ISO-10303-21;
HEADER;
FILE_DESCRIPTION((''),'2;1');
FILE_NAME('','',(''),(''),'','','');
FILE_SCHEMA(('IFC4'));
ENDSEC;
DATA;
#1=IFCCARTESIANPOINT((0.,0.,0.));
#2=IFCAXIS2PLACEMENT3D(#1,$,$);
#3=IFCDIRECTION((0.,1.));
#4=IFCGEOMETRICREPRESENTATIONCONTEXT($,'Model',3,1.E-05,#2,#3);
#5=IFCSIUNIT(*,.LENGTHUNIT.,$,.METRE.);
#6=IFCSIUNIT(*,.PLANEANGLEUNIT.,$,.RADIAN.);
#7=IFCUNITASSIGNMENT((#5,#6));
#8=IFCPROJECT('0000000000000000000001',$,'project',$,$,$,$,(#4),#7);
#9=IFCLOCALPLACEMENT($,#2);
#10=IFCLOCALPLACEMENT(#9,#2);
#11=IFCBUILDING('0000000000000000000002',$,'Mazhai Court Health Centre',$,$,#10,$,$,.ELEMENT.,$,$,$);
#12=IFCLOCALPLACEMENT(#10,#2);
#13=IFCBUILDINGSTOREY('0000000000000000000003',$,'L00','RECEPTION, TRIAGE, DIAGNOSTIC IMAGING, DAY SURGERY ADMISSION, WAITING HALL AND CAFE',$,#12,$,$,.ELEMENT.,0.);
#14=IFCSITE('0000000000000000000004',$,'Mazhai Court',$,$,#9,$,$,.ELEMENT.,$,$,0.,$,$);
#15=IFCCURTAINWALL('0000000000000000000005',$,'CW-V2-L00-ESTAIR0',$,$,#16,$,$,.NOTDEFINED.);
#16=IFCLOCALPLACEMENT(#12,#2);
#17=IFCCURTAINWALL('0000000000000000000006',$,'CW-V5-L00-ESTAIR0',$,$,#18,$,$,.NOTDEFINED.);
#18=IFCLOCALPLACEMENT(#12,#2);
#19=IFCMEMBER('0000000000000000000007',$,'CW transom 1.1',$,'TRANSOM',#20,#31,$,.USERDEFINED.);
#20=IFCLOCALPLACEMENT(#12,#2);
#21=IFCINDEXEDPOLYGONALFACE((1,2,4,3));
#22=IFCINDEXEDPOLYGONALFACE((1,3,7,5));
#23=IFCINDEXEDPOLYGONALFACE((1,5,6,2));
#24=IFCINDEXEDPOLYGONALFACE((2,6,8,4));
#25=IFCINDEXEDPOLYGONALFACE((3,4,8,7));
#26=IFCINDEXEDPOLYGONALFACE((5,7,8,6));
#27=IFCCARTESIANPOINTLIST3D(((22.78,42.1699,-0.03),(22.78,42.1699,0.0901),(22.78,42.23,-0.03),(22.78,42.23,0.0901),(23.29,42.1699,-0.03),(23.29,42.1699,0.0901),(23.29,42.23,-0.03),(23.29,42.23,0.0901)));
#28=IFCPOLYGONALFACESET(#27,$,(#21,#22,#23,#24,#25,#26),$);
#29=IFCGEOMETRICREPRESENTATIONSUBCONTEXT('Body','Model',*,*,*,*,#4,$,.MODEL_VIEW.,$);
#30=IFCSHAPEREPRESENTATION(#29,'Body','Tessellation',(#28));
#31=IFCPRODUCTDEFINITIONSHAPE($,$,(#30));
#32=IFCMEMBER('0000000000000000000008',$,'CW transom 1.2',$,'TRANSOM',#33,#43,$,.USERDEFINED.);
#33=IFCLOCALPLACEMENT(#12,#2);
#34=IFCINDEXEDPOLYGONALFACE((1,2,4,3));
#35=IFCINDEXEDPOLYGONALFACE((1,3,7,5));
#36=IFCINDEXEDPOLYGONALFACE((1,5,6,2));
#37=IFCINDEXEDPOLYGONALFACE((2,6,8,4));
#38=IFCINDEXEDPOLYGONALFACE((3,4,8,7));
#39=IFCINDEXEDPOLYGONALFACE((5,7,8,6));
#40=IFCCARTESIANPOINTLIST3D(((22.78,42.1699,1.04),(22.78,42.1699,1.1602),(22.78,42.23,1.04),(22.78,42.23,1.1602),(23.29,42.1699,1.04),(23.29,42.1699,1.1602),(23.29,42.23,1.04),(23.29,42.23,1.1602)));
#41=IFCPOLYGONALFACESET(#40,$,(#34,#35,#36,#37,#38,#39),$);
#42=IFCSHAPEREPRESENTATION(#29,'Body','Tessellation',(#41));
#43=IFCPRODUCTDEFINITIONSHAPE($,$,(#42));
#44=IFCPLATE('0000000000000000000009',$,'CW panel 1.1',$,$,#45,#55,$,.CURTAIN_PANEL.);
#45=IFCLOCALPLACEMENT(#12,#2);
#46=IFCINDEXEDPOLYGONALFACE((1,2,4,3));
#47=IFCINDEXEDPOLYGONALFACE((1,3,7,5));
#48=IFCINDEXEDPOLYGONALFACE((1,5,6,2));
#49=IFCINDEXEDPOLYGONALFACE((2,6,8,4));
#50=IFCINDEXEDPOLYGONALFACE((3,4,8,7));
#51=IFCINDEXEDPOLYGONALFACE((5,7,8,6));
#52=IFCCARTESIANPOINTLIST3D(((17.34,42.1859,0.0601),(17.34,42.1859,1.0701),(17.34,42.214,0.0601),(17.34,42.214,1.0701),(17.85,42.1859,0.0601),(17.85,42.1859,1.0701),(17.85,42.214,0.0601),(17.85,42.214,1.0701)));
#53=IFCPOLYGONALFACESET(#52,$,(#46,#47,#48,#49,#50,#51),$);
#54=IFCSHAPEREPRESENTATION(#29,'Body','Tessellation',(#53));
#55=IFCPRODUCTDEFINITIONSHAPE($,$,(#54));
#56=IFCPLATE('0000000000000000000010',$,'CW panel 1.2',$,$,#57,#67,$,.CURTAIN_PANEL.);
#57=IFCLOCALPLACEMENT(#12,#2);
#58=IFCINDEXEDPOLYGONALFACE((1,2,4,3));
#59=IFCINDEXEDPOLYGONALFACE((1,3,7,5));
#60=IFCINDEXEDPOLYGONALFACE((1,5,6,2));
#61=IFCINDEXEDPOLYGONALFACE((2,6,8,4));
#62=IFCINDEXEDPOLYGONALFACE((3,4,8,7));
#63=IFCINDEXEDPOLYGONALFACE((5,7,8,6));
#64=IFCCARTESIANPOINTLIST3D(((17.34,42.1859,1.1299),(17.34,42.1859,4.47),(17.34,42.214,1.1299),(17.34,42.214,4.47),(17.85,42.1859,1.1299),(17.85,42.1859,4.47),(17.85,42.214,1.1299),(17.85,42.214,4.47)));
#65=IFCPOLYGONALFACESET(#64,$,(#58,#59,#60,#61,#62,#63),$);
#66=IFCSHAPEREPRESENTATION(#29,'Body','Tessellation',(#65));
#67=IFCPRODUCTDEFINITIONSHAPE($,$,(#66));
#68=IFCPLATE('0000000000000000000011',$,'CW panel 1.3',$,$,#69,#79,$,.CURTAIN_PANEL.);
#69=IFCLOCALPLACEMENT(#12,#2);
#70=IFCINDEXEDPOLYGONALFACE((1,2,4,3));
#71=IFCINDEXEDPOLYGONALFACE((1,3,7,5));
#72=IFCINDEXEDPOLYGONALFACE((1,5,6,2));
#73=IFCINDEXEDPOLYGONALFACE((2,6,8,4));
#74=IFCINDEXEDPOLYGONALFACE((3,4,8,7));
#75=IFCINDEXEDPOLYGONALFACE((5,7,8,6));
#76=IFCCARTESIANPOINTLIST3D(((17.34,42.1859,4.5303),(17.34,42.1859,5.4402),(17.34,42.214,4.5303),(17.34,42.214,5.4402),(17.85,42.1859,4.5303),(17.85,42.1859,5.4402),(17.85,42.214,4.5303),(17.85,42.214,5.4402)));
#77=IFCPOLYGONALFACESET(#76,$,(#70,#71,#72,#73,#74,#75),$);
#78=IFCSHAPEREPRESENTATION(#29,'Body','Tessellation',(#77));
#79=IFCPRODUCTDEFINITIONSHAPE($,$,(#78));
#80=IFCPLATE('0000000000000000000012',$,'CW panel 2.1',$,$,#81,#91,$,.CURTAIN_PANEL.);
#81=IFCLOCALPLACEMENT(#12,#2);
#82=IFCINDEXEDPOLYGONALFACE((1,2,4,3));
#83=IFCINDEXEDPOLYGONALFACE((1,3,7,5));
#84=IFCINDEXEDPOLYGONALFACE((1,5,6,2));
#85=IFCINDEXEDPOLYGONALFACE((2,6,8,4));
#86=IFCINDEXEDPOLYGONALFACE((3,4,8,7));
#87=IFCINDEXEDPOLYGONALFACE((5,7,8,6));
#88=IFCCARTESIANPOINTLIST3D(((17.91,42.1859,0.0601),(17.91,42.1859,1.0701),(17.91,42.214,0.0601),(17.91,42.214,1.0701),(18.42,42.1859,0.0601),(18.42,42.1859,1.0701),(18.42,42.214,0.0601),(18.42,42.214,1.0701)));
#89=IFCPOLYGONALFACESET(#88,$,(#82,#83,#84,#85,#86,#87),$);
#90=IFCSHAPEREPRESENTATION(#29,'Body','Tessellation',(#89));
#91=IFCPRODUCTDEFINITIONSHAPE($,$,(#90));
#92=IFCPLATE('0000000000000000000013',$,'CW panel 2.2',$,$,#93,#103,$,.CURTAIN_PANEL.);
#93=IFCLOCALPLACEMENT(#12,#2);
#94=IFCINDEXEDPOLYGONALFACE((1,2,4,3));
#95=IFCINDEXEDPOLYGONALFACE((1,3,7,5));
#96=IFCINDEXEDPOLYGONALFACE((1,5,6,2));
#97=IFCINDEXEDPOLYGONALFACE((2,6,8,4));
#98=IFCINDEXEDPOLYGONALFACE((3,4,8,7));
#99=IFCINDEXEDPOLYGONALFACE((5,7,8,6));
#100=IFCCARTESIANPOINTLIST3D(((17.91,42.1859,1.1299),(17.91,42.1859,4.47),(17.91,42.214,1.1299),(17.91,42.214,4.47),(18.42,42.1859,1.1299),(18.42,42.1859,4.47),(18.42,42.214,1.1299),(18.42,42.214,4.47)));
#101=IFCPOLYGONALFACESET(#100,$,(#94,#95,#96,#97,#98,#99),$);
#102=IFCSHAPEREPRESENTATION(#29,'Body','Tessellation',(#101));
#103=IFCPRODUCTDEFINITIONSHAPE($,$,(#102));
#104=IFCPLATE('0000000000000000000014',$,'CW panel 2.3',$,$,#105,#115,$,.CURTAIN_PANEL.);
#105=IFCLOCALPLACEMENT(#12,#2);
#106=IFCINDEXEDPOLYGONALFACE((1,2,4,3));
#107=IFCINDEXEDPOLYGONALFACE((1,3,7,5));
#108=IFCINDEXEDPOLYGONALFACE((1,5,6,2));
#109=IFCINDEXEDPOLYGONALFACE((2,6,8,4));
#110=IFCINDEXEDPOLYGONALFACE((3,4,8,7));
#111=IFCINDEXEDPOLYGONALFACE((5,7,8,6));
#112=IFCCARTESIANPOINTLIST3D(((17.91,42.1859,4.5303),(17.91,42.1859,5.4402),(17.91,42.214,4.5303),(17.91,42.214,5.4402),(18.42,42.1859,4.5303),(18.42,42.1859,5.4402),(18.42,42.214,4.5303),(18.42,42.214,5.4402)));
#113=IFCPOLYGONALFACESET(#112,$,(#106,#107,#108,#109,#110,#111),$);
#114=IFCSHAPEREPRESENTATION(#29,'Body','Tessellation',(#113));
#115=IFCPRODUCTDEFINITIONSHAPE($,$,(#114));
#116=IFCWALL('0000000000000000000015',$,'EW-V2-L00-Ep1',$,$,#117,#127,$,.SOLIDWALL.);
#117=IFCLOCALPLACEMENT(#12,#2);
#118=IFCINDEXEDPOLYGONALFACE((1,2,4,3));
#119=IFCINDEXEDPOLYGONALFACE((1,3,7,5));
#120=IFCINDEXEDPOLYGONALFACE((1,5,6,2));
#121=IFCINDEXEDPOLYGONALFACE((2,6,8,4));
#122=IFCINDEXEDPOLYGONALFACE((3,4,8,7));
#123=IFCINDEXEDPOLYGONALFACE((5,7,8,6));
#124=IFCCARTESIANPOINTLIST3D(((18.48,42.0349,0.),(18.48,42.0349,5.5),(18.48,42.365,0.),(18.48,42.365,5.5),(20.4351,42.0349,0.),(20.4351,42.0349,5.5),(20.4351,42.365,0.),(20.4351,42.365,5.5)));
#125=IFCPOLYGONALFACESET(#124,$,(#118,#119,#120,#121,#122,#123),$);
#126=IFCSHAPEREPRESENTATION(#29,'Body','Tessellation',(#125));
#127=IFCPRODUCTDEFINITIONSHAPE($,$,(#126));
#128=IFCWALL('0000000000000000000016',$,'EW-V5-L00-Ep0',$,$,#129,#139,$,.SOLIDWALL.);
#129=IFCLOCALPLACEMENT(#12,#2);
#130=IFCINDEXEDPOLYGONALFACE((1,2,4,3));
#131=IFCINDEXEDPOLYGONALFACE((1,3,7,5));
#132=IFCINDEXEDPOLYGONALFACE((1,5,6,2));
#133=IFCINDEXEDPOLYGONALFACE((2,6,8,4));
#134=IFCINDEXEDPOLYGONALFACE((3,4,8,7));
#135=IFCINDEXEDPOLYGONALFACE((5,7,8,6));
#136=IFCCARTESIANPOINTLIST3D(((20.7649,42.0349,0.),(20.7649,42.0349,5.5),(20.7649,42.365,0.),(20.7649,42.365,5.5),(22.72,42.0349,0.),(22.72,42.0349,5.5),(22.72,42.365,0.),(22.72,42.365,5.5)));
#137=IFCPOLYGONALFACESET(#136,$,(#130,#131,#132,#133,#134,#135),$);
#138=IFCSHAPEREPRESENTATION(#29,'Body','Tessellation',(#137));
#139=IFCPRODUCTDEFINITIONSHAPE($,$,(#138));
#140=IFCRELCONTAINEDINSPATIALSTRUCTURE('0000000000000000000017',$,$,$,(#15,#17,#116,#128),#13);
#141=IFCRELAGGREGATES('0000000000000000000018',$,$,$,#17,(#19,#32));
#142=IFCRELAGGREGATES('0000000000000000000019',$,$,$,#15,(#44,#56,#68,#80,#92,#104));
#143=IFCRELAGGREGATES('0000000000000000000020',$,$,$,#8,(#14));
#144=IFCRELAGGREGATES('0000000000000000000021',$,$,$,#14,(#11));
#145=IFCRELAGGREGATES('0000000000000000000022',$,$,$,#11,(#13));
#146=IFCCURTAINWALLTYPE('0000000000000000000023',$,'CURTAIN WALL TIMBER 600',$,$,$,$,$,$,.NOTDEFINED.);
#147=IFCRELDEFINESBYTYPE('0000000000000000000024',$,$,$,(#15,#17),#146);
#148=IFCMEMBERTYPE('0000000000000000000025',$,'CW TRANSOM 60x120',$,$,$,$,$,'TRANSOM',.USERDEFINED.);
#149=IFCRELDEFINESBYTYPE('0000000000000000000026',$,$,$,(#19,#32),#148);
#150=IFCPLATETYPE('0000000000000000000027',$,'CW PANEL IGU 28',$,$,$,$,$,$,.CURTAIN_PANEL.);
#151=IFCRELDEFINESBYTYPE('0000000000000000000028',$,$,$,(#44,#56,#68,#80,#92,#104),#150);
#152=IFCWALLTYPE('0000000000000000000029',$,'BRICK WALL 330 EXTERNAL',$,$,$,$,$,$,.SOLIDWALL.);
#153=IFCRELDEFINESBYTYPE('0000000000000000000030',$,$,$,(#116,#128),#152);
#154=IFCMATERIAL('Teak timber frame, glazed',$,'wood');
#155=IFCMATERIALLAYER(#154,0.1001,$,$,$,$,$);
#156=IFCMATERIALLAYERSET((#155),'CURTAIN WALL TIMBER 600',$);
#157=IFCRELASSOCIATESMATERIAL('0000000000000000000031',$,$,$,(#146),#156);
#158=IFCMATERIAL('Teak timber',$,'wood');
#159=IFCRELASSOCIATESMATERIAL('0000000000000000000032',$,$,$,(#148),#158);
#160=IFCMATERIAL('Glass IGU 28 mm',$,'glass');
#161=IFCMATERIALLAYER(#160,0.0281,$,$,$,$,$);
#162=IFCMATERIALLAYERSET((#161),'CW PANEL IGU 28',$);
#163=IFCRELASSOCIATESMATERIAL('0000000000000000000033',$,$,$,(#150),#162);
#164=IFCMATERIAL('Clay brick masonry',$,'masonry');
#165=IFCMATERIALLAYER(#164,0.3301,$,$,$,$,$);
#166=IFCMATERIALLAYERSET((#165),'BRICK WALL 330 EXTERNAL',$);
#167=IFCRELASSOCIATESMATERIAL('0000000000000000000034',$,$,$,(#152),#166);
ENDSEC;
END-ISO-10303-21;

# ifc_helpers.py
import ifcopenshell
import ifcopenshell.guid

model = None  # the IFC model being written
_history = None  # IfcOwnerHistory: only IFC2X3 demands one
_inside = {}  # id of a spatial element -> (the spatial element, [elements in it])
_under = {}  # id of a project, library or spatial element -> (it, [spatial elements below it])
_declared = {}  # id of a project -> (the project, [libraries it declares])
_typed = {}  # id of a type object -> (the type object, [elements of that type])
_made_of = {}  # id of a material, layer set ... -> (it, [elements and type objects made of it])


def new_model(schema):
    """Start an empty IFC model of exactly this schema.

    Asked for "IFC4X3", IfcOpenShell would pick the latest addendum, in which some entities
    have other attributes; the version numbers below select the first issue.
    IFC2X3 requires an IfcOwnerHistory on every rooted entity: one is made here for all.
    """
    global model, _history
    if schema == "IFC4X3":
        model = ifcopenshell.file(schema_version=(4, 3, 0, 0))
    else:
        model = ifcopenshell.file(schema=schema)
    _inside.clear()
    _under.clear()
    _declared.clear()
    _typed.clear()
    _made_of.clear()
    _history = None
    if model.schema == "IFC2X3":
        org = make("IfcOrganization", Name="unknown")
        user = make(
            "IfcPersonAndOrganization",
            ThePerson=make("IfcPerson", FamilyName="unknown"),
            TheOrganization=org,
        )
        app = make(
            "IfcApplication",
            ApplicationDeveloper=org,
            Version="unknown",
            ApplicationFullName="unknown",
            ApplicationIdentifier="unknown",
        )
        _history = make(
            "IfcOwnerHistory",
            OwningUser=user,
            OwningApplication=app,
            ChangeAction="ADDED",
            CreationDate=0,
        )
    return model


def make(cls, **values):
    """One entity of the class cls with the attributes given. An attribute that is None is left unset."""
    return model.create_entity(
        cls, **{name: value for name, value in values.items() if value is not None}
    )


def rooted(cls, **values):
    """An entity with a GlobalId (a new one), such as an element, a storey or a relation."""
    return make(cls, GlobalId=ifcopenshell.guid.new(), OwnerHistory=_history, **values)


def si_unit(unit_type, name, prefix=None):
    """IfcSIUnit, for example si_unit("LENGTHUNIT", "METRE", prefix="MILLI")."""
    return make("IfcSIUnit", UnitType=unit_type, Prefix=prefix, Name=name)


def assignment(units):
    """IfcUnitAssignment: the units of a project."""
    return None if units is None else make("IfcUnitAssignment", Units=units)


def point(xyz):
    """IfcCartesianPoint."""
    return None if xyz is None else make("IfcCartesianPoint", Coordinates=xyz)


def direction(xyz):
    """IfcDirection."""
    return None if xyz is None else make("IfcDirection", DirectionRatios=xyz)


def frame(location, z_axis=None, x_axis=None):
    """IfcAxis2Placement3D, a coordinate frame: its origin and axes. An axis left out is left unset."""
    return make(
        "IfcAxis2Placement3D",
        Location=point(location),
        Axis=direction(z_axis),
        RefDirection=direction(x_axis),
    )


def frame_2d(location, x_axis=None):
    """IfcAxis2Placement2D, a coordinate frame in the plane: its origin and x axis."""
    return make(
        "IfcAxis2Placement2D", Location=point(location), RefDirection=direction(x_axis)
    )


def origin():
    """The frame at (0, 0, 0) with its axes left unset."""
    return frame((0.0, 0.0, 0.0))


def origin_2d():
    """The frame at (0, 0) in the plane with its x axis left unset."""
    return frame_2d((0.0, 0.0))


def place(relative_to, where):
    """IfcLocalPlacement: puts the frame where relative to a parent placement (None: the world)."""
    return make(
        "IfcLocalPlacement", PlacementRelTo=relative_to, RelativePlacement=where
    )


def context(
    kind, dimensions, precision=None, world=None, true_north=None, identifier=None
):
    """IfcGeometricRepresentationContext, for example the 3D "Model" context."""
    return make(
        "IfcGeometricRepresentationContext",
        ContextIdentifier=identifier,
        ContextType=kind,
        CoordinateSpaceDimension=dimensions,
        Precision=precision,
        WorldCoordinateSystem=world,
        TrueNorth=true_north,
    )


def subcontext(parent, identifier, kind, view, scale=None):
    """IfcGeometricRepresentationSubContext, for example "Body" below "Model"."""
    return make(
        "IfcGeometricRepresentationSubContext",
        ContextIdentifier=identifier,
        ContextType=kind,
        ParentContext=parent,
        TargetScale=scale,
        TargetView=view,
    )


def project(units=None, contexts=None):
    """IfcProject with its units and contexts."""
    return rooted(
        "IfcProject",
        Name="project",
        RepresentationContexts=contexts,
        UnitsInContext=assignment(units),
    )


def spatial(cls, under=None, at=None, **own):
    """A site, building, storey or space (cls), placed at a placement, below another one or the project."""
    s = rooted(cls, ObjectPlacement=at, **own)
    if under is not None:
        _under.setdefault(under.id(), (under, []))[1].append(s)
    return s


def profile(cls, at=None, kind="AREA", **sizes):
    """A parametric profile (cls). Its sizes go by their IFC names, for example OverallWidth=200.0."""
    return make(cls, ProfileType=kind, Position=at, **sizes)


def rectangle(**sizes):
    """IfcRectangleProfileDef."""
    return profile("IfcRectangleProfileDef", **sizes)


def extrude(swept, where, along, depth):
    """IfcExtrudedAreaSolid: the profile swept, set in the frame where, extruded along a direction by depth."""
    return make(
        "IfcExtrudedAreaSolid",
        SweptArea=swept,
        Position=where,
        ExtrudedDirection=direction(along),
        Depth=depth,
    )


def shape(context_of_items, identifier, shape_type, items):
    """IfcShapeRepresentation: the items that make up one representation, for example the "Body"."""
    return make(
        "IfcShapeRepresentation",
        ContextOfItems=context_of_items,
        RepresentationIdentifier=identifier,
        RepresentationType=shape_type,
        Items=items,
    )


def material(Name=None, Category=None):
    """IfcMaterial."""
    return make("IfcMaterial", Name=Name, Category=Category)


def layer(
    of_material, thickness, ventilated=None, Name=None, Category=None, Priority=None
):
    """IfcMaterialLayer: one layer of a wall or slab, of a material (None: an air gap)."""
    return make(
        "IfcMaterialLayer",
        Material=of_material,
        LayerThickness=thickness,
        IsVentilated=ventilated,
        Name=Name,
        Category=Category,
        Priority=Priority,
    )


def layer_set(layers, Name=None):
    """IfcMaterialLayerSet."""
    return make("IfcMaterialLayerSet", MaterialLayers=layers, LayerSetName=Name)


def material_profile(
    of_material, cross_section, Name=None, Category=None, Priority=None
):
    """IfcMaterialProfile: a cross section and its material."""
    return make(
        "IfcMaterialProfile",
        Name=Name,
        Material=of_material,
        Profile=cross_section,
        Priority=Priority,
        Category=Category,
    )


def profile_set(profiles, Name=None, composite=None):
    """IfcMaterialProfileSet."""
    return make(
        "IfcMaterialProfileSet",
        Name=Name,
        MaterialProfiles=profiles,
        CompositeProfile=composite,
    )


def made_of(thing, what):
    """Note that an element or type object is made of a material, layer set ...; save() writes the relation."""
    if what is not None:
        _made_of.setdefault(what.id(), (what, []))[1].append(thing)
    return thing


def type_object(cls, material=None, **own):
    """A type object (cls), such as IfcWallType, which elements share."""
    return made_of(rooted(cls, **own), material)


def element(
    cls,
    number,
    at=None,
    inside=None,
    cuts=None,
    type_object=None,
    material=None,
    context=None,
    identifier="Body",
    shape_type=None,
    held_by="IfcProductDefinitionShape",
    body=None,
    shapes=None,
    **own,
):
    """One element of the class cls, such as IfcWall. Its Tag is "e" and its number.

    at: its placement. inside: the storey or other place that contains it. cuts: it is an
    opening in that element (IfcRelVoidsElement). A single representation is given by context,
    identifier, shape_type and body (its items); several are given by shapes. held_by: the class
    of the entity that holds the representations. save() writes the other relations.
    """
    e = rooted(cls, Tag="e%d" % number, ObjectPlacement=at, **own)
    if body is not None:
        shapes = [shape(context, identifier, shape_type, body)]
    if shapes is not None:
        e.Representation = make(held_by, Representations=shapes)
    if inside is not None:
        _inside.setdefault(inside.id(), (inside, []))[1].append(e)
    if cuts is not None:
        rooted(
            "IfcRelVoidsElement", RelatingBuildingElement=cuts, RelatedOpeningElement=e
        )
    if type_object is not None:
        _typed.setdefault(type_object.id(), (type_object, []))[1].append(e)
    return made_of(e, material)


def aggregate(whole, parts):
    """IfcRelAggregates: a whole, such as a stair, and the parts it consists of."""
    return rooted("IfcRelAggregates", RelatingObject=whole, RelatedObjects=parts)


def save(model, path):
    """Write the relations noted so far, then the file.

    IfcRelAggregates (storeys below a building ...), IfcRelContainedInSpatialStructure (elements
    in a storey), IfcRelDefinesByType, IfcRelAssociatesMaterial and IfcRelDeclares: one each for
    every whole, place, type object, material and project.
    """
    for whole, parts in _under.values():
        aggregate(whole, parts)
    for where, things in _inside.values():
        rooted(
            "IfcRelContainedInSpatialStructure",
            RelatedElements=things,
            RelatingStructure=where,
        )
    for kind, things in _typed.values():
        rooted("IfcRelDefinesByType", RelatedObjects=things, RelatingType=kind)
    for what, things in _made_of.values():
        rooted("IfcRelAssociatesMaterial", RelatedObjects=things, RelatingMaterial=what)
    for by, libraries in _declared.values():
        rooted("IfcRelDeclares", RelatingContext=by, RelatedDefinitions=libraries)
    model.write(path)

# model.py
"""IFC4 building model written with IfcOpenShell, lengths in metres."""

from ifc_helpers import new_model, si_unit, direction, frame, frame_2d, origin, origin_2d, place, context, subcontext, project, spatial, rectangle, extrude, material, layer, layer_set, material_profile, profile_set, type_object, element, aggregate, save


model = new_model("IFC4")

# Units and contexts
model_context = context("Model", 3, precision=1e-05, world=origin(), true_north=direction((0.0, 1.0)))
body_context = subcontext(model_context, "Body", "Model", "MODEL_VIEW")
ifc_project = project(units=[si_unit("LENGTHUNIT", "METRE"), si_unit("PLANEANGLEUNIT", "RADIAN")], contexts=[model_context])

# Site, building, storey
site_placement = place(None, origin())
site = spatial("IfcSite", under=ifc_project, at=site_placement, Name="Mazhai Court", CompositionType="ELEMENT", RefElevation=0.0)
building_placement = place(site_placement, origin())
building = spatial("IfcBuilding", under=site, at=building_placement, Name="Mazhai Court Health Centre", CompositionType="ELEMENT")
storey_placement = place(building_placement, origin())
storey = spatial("IfcBuildingStorey", under=building, at=storey_placement, Name="L00", Description="RECEPTION, TRIAGE, DIAGNOSTIC IMAGING, DAY SURGERY ADMISSION, WAITING HALL AND CAFE", CompositionType="ELEMENT", Elevation=0.0)

# Curtain wall
ifc_material_1 = material(Name="Teak timber frame, glazed", Category="wood")
ifc_layer_1 = layer(ifc_material_1, 0.1001)
ifc_layer_set_1 = layer_set([ifc_layer_1], Name="CURTAIN WALL TIMBER 600")
curtain_wall_type = type_object("IfcCurtainWallType", Name="CURTAIN WALL TIMBER 600", PredefinedType="NOTDEFINED", material=ifc_layer_set_1)
curtain_wall_1_placement = place(storey_placement, origin())
curtain_wall_1 = element("IfcCurtainWall", 1, at=curtain_wall_1_placement, inside=storey, type_object=curtain_wall_type, Name="CW-V2-L00-ESTAIR0", PredefinedType="NOTDEFINED")

# Curtain wall
curtain_wall_2_placement = place(storey_placement, origin())
curtain_wall_2 = element("IfcCurtainWall", 2, at=curtain_wall_2_placement, inside=storey, type_object=curtain_wall_type, Name="CW-V5-L00-ESTAIR0", PredefinedType="NOTDEFINED")

# Members
ifc_material_2 = material(Name="Teak timber", Category="wood")
ifc_material_profile_1 = material_profile(ifc_material_2, rectangle(XDim=0.0601, YDim=0.1201, at=origin_2d()), Name="CW TRANSOM 60x120")
ifc_profile_set_1 = profile_set([ifc_material_profile_1], Name="Teak timber")
member_type_1 = type_object("IfcMemberType", Name="CW TRANSOM 60x120", ElementType="TRANSOM", PredefinedType="USERDEFINED", material=ifc_profile_set_1)
member_1_placement = place(storey_placement, frame((22.78, 42.2, 0.03), z_axis=(1.0, 0.0, 0.0), x_axis=(0.0, 1.0, 0.0)))
member_1 = element("IfcMember", 3, at=member_1_placement, type_object=member_type_1, Name="CW transom 1.1", ObjectType="TRANSOM", PredefinedType="USERDEFINED", context=body_context, shape_type="SweptSolid", body=[
    extrude(rectangle(XDim=0.0601, YDim=0.1201, at=origin_2d()), origin(), (0.0, 0.0, 1.0), 0.51),
])
member_2_placement = place(storey_placement, frame((22.78, 42.2, 1.1001), z_axis=(1.0, 0.0, 0.0), x_axis=(0.0, 1.0, 0.0)))
member_2 = element("IfcMember", 4, at=member_2_placement, type_object=member_type_1, Name="CW transom 1.2", ObjectType="TRANSOM", PredefinedType="USERDEFINED", context=body_context, shape_type="SweptSolid", body=[
    extrude(rectangle(XDim=0.0601, YDim=0.1201, at=origin_2d()), origin(), (0.0, 0.0, 1.0), 0.51),
])
aggregate(curtain_wall_2, [member_1, member_2])

# Plates
ifc_material_3 = material(Name="Glass IGU 28 mm", Category="glass")
ifc_layer_2 = layer(ifc_material_3, 0.0281)
ifc_layer_set_2 = layer_set([ifc_layer_2], Name="CW PANEL IGU 28")
plate_type = type_object("IfcPlateType", Name="CW PANEL IGU 28", PredefinedType="CURTAIN_PANEL", material=ifc_layer_set_2)
plate_1_placement = place(storey_placement, frame((17.595, 42.2, 0.0601), z_axis=(0.0, 0.0, 1.0), x_axis=(1.0, 0.0, 0.0)))
plate_1 = element("IfcPlate", 5, at=plate_1_placement, type_object=plate_type, Name="CW panel 1.1", PredefinedType="CURTAIN_PANEL", context=body_context, shape_type="SweptSolid", body=[
    extrude(rectangle(XDim=0.51, YDim=0.0281, at=origin_2d()), origin(), (0.0, 0.0, 1.0), 1.01),
])
plate_2_placement = place(storey_placement, frame((17.595, 42.2, 1.1299), z_axis=(0.0, 0.0, 1.0), x_axis=(1.0, 0.0, 0.0)))
plate_2 = element("IfcPlate", 6, at=plate_2_placement, type_object=plate_type, Name="CW panel 1.2", PredefinedType="CURTAIN_PANEL", context=body_context, shape_type="SweptSolid", body=[
    extrude(rectangle(XDim=0.51, YDim=0.0281, at=origin_2d()), origin(), (0.0, 0.0, 1.0), 3.3401),
])
plate_3_placement = place(storey_placement, frame((17.595, 42.2, 4.5303), z_axis=(0.0, 0.0, 1.0), x_axis=(1.0, 0.0, 0.0)))
plate_3 = element("IfcPlate", 7, at=plate_3_placement, type_object=plate_type, Name="CW panel 1.3", PredefinedType="CURTAIN_PANEL", context=body_context, shape_type="SweptSolid", body=[
    extrude(rectangle(XDim=0.51, YDim=0.0281, at=origin_2d()), origin(), (0.0, 0.0, 1.0), 0.9099),
])
plate_4_placement = place(storey_placement, frame((18.165, 42.2, 0.0601), z_axis=(0.0, 0.0, 1.0), x_axis=(1.0, 0.0, 0.0)))
plate_4 = element("IfcPlate", 8, at=plate_4_placement, type_object=plate_type, Name="CW panel 2.1", PredefinedType="CURTAIN_PANEL", context=body_context, shape_type="SweptSolid", body=[
    extrude(rectangle(XDim=0.51, YDim=0.0281, at=origin_2d()), origin(), (0.0, 0.0, 1.0), 1.01),
])
plate_5_placement = place(storey_placement, frame((18.165, 42.2, 1.1299), z_axis=(0.0, 0.0, 1.0), x_axis=(1.0, 0.0, 0.0)))
plate_5 = element("IfcPlate", 9, at=plate_5_placement, type_object=plate_type, Name="CW panel 2.2", PredefinedType="CURTAIN_PANEL", context=body_context, shape_type="SweptSolid", body=[
    extrude(rectangle(XDim=0.51, YDim=0.0281, at=origin_2d()), origin(), (0.0, 0.0, 1.0), 3.3401),
])
plate_6_placement = place(storey_placement, frame((18.165, 42.2, 4.5303), z_axis=(0.0, 0.0, 1.0), x_axis=(1.0, 0.0, 0.0)))
plate_6 = element("IfcPlate", 10, at=plate_6_placement, type_object=plate_type, Name="CW panel 2.3", PredefinedType="CURTAIN_PANEL", context=body_context, shape_type="SweptSolid", body=[
    extrude(rectangle(XDim=0.51, YDim=0.0281, at=origin_2d()), origin(), (0.0, 0.0, 1.0), 0.9099),
])
aggregate(curtain_wall_1, [plate_1, plate_2, plate_3, plate_4, plate_5, plate_6])

# Walls
ifc_material_4 = material(Name="Clay brick masonry", Category="masonry")
ifc_layer_3 = layer(ifc_material_4, 0.3301)
ifc_layer_set_3 = layer_set([ifc_layer_3], Name="BRICK WALL 330 EXTERNAL")
wall_type = type_object("IfcWallType", Name="BRICK WALL 330 EXTERNAL", PredefinedType="SOLIDWALL", material=ifc_layer_set_3)
for number, where, z_axis, x_axis, name in (
    (11, (18.48, 42.2, 0.0), (0.0, 0.0, 1.0), (1.0, 0.0, 0.0), "EW-V2-L00-Ep1"),
    (12, (20.7649, 42.2, 0.0), (0.0, 0.0, 1.0), (1.0, 0.0, 0.0), "EW-V5-L00-Ep0"),
):
    element("IfcWall", number, at=place(storey_placement, frame(where, z_axis=z_axis, x_axis=x_axis)), inside=storey, type_object=wall_type, Name=name, PredefinedType="SOLIDWALL", context=body_context, shape_type="SweptSolid", body=[
        extrude(rectangle(XDim=1.9551, YDim=0.3301, at=frame_2d((0.9775, 0.0))), origin(), (0.0, 0.0, 1.0), 5.5),
    ])

save(model, "model.ifc")
